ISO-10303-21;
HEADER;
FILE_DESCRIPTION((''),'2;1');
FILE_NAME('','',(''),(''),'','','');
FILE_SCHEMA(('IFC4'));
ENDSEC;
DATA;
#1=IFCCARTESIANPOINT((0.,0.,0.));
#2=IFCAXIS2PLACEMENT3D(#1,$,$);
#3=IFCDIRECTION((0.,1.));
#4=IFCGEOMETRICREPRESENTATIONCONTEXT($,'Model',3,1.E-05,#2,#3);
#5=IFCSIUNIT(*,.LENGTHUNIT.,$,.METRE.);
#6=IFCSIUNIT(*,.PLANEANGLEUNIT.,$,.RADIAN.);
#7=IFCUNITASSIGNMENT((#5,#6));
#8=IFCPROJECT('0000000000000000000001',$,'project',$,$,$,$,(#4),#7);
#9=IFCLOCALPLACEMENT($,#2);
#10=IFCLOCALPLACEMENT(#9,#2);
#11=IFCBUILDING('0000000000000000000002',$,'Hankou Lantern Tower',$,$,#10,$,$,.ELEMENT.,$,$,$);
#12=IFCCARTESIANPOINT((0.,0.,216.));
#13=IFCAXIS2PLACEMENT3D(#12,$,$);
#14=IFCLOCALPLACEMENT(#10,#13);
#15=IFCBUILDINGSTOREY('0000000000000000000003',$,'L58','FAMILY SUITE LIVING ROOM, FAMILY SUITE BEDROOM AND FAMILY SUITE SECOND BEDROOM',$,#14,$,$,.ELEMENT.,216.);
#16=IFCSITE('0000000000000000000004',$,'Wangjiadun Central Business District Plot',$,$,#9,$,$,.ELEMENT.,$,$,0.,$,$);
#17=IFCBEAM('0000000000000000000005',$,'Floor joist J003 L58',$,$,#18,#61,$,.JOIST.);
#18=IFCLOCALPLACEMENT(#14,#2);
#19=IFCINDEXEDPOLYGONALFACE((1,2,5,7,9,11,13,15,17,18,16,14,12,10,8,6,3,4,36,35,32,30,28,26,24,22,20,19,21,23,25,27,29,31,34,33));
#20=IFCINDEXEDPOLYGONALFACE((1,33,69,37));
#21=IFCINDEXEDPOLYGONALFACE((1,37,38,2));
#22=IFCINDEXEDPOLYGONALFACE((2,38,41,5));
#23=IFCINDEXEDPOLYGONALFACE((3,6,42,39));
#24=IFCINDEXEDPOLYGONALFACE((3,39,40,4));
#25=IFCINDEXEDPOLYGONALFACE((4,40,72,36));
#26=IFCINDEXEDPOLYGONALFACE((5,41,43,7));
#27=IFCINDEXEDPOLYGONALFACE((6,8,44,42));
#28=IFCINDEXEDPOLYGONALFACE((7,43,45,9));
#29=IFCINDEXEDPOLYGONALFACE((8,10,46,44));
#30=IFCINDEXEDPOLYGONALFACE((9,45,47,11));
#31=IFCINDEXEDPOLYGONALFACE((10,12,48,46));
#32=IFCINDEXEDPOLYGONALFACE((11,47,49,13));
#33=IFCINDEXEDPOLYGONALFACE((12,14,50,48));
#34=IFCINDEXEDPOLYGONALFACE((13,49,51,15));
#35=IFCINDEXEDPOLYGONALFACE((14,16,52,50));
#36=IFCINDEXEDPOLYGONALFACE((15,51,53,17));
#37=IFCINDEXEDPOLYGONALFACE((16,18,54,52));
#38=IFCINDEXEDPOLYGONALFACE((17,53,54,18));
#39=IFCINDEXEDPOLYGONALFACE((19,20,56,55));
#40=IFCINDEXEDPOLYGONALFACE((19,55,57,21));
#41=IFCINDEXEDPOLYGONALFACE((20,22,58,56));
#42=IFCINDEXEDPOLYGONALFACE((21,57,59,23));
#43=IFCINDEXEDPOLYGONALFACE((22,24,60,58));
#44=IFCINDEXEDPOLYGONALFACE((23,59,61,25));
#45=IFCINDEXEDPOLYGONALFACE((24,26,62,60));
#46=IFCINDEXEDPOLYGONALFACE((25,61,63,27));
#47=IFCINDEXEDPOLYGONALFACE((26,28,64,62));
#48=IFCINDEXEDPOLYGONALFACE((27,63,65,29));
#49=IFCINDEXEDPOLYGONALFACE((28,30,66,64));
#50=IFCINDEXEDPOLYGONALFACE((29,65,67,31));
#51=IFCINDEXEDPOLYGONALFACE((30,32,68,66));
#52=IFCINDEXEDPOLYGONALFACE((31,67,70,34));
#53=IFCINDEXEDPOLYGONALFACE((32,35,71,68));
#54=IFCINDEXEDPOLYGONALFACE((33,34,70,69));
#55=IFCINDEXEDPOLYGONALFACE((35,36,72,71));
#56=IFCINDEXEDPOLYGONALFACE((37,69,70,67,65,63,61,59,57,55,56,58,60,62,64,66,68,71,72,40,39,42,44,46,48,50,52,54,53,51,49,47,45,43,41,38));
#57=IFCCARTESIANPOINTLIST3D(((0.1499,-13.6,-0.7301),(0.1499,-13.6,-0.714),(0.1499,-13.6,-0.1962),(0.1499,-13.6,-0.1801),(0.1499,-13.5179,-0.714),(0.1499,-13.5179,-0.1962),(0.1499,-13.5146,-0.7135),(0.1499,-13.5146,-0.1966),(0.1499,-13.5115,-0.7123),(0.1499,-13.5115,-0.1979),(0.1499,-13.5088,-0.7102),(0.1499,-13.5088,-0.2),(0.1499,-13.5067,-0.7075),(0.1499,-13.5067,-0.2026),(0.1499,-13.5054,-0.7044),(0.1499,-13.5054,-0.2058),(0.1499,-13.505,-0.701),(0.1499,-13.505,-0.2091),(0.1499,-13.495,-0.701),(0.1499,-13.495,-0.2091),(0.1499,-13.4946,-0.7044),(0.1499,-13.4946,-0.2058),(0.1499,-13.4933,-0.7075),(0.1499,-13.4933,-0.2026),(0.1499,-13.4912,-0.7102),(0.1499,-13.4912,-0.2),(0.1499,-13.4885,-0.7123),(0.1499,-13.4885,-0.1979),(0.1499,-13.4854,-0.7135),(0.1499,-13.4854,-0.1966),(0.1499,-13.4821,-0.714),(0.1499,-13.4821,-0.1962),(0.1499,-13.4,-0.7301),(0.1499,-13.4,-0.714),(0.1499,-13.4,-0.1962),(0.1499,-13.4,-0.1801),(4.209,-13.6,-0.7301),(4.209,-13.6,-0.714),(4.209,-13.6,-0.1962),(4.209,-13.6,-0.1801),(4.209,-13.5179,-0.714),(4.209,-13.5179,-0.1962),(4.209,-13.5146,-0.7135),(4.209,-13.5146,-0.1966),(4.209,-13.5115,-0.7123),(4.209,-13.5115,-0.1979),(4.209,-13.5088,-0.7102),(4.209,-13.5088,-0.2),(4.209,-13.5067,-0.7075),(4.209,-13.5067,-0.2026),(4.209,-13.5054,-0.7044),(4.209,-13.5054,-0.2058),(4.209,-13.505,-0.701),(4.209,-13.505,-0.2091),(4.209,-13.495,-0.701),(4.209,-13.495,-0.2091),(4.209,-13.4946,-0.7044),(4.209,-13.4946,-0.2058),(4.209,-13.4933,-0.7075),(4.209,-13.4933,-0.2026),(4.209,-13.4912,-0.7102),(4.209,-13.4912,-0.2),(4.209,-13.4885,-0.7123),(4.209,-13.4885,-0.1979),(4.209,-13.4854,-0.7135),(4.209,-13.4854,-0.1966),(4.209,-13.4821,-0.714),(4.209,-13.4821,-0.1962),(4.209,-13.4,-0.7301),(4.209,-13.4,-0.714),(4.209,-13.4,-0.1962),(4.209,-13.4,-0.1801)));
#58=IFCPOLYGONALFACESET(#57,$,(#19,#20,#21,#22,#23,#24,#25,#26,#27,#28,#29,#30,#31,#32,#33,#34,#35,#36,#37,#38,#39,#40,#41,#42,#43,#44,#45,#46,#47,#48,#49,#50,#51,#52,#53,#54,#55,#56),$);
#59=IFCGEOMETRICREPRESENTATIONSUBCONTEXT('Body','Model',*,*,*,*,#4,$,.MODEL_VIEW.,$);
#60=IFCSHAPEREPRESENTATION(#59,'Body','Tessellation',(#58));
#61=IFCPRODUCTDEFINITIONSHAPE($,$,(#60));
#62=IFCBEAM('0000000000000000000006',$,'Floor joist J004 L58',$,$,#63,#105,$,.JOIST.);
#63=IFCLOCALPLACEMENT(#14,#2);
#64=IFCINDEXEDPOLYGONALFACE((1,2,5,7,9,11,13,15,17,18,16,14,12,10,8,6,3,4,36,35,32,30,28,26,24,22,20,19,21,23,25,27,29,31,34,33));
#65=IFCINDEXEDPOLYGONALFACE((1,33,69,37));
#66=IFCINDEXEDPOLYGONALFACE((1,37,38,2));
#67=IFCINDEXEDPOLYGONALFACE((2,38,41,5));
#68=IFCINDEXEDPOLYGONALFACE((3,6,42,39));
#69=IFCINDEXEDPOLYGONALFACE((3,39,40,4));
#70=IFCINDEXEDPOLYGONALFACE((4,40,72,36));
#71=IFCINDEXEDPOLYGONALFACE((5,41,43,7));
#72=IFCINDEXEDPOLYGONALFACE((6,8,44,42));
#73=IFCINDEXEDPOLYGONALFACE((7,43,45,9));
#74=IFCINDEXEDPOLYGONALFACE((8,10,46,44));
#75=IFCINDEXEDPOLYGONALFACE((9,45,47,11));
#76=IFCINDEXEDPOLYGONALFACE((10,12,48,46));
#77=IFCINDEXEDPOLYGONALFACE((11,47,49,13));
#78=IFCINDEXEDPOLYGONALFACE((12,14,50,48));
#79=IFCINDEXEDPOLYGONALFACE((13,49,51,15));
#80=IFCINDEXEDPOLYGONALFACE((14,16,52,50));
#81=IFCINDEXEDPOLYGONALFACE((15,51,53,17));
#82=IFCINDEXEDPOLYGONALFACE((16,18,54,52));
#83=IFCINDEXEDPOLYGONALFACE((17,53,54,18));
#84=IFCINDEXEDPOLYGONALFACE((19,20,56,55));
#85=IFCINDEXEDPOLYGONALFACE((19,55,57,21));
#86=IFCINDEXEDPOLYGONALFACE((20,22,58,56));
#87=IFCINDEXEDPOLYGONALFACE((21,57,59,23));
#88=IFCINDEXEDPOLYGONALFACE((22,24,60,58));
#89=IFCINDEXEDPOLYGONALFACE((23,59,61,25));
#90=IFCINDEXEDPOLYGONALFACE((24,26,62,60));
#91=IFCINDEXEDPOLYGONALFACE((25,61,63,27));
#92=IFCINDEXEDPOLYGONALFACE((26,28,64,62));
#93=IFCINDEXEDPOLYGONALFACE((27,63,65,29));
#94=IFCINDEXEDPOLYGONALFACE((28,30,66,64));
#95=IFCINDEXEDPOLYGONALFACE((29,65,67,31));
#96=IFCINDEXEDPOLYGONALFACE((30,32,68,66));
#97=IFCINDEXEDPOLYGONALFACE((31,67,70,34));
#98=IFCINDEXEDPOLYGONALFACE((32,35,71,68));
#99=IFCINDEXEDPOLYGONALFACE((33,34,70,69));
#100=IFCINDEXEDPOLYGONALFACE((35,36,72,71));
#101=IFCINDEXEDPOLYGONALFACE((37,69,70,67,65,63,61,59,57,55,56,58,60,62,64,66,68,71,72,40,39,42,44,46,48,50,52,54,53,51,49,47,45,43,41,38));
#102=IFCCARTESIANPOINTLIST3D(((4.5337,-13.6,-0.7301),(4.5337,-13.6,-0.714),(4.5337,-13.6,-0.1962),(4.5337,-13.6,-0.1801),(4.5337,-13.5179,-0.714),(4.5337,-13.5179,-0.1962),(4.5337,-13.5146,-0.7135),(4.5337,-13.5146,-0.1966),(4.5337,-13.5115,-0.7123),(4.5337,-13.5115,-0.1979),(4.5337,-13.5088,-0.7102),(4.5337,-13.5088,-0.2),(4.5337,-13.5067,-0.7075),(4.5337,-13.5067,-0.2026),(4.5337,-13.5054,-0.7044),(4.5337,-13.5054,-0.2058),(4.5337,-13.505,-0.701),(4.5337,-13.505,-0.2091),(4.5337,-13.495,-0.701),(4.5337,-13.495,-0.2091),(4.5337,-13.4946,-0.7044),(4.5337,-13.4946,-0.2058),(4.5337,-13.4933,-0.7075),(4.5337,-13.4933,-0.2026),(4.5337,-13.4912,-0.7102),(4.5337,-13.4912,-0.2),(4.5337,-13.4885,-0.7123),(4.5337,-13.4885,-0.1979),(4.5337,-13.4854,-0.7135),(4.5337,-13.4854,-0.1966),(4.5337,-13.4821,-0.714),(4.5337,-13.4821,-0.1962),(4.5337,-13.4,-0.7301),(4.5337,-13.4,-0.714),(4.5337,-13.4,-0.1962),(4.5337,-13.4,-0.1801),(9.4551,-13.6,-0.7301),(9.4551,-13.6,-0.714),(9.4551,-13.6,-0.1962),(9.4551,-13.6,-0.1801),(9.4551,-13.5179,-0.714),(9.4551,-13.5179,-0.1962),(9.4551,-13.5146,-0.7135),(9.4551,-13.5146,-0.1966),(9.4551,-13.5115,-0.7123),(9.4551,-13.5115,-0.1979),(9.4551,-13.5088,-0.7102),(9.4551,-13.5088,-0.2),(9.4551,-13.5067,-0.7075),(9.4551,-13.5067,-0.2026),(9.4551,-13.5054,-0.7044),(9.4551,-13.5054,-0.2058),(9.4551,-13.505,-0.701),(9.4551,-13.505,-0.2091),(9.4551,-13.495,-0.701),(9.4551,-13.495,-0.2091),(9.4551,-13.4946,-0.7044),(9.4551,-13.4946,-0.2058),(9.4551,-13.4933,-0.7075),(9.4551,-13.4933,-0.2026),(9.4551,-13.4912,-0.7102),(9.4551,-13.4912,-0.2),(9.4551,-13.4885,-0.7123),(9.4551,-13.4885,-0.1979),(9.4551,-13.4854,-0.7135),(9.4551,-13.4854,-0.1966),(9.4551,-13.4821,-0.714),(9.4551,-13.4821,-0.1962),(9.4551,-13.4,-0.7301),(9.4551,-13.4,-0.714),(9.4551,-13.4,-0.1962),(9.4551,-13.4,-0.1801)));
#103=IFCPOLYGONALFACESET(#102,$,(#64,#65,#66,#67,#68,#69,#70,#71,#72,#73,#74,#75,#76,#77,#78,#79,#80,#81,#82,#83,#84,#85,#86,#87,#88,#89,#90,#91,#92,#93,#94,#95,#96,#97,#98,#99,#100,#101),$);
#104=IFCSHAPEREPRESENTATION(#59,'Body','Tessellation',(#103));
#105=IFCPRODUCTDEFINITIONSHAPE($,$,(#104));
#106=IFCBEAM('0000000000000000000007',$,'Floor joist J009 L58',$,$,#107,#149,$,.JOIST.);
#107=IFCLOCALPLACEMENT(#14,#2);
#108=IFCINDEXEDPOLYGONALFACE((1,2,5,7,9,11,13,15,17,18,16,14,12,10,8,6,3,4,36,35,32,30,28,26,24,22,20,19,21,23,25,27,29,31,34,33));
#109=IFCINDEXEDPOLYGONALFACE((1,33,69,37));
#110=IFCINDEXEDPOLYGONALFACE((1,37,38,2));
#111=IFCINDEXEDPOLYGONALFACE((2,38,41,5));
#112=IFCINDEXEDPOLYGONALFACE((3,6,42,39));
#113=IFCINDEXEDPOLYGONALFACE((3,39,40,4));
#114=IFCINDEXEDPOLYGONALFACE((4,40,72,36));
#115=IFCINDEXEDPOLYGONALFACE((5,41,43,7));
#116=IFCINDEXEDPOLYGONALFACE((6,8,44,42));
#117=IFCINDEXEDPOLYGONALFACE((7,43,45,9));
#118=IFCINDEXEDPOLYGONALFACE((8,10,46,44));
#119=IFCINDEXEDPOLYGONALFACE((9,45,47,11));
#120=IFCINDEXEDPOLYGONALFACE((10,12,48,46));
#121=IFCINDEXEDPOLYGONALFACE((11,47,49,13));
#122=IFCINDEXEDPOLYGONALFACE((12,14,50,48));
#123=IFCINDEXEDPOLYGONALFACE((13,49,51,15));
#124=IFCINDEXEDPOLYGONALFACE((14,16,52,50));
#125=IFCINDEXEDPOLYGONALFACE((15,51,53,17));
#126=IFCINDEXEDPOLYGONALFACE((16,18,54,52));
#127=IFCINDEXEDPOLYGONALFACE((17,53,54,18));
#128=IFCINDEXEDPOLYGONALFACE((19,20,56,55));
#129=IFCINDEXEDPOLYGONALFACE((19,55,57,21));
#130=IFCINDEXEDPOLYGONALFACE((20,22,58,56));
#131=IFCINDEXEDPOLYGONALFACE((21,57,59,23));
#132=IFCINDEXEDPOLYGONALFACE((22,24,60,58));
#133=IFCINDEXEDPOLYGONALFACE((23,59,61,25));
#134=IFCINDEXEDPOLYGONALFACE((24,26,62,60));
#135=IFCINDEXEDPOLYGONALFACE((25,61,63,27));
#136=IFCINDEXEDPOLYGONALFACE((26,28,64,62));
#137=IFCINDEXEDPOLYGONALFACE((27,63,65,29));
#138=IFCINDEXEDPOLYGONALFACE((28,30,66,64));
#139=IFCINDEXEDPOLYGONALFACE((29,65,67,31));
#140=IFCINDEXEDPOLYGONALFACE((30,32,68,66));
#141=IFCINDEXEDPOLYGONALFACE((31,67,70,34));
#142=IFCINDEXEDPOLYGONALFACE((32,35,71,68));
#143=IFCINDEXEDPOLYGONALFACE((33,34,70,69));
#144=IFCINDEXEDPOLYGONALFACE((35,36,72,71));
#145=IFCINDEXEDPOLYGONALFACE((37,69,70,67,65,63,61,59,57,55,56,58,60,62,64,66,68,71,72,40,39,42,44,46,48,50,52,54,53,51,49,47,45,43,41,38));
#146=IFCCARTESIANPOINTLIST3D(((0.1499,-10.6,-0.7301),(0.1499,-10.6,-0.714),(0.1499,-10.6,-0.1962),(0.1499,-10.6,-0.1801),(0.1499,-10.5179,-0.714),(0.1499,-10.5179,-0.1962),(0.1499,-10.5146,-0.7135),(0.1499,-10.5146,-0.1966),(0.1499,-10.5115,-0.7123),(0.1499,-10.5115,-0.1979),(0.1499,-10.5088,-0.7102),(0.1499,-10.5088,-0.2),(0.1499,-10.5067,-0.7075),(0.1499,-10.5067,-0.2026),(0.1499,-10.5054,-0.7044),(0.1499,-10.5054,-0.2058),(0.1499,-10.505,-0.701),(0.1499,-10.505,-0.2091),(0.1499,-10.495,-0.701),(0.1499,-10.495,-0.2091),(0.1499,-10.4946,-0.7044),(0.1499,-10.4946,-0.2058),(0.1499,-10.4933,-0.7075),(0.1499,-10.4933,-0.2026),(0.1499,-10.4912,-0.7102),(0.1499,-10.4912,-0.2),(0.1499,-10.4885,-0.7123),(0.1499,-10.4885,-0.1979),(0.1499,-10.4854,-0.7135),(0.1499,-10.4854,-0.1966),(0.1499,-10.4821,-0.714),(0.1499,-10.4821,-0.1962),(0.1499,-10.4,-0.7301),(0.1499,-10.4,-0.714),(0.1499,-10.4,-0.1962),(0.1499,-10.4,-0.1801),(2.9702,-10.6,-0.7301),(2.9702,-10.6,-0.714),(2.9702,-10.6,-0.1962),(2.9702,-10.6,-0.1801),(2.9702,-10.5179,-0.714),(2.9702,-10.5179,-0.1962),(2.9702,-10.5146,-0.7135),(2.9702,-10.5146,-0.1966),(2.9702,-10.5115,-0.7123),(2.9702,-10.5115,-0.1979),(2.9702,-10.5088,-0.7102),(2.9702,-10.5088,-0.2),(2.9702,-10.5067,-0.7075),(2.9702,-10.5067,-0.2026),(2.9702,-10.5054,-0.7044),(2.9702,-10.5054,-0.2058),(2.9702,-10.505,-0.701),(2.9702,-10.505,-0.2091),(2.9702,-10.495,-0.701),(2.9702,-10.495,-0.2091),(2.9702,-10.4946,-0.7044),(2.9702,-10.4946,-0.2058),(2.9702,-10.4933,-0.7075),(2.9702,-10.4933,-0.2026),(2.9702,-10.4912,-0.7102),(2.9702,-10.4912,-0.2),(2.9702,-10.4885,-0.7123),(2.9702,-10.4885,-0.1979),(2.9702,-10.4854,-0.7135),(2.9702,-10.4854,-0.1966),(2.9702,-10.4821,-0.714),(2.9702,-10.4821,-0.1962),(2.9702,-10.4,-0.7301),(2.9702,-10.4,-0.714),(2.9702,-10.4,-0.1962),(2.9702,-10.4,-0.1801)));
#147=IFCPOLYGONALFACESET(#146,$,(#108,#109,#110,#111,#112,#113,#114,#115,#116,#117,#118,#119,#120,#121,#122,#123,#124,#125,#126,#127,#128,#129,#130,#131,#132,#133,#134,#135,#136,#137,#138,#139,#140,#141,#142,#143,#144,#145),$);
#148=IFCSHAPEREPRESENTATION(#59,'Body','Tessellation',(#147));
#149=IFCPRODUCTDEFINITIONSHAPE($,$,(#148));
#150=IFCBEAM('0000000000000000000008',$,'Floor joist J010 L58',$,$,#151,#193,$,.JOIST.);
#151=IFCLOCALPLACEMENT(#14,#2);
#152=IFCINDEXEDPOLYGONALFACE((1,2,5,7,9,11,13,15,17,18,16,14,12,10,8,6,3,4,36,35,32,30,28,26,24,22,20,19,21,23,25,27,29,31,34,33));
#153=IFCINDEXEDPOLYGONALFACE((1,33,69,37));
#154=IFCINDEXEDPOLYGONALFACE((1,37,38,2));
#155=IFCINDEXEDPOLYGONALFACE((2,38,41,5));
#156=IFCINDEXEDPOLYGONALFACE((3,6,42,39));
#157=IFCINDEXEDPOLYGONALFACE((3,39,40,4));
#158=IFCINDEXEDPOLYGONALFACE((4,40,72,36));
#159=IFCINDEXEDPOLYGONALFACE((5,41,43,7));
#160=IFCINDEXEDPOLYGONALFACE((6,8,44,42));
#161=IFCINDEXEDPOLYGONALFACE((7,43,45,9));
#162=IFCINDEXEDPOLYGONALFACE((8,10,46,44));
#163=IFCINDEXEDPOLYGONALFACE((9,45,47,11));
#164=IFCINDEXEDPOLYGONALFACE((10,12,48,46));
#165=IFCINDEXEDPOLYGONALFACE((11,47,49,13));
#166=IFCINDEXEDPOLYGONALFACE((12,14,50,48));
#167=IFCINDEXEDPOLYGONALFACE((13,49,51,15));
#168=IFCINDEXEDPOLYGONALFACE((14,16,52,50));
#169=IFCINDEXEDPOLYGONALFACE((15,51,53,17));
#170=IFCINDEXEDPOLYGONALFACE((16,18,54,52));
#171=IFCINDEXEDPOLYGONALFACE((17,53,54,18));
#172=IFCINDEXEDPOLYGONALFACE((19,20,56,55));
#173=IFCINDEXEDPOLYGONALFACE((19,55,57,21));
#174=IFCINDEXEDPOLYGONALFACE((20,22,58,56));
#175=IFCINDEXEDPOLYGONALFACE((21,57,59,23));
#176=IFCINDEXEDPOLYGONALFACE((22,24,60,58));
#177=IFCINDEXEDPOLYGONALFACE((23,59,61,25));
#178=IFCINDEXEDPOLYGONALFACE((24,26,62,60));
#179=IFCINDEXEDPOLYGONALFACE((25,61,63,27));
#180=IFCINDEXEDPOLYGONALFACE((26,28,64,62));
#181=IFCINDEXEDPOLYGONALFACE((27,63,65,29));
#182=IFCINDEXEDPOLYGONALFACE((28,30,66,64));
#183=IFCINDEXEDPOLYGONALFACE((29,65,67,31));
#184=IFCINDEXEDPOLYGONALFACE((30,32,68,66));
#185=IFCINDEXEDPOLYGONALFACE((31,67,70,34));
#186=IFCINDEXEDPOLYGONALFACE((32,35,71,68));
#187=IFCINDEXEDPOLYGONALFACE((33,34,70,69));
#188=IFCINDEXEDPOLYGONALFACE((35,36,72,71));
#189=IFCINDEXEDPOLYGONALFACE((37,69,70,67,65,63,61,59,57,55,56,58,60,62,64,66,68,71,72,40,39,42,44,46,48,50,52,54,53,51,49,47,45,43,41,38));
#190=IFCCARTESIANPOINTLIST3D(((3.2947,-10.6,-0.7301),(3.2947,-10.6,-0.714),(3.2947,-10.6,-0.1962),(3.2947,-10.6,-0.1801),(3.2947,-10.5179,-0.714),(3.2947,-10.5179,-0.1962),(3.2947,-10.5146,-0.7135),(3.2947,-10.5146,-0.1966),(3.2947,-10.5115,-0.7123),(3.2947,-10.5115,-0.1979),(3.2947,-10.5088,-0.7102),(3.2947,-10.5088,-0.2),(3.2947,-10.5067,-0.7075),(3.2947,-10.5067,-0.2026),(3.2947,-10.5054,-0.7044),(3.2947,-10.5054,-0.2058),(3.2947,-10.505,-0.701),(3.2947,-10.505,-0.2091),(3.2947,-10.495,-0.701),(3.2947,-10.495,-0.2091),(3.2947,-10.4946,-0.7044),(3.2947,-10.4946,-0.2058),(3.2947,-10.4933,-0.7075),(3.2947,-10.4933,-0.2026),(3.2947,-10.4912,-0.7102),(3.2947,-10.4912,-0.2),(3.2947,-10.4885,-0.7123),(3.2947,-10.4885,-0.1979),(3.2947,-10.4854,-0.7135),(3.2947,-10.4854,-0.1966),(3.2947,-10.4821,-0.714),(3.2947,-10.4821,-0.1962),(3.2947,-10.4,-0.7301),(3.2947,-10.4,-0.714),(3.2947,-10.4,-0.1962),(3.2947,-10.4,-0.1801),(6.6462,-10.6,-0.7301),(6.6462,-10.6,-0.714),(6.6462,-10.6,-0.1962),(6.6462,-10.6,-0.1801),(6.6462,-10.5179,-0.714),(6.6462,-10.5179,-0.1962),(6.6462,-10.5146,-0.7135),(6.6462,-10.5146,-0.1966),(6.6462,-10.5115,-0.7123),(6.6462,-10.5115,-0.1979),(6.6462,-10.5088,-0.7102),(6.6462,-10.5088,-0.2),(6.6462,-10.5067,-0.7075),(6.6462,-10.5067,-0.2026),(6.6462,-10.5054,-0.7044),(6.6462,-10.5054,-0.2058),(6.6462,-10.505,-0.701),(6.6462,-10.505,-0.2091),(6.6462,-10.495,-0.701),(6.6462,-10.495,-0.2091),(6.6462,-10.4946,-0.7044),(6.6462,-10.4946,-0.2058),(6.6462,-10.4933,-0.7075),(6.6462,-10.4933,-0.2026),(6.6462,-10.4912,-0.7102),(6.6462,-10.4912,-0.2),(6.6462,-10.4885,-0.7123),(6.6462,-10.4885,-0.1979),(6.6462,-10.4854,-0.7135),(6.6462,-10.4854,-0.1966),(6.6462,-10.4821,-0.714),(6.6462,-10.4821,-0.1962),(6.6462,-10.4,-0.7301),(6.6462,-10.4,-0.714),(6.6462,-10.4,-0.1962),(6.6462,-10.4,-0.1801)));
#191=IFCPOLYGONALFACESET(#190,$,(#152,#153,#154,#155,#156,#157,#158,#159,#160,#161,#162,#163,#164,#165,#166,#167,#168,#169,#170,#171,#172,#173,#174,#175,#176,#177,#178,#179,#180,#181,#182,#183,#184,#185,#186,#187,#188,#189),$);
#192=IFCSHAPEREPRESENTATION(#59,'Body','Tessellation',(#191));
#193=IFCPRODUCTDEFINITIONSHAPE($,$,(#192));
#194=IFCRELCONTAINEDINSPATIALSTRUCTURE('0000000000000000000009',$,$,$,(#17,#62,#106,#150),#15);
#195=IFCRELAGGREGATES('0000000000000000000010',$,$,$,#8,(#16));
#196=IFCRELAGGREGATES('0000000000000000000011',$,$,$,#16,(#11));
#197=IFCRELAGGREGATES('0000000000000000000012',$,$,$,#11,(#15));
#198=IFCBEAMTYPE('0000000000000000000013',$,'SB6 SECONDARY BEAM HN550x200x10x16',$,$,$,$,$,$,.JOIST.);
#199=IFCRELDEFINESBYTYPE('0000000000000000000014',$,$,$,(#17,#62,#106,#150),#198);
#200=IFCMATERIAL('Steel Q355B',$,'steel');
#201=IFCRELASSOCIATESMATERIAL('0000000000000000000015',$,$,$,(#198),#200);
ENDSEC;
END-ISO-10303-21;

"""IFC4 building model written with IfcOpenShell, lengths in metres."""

from ifc_helpers import new_model, si_unit, direction, frame, origin, origin_2d, place, context, subcontext, project, spatial, i_section, extrude, material, material_profile, profile_set, type_object, element, save


model = new_model("IFC4")

# Units and contexts
model_context = context("Model", 3, precision=1e-05, world=origin(), true_north=direction((0.0, 1.0)))
body_context = subcontext(model_context, "Body", "Model", "MODEL_VIEW")
ifc_project = project(units=[si_unit("LENGTHUNIT", "METRE"), si_unit("PLANEANGLEUNIT", "RADIAN")], contexts=[model_context])

# Site, building, storey
site_placement = place(None, origin())
site = spatial("IfcSite", under=ifc_project, at=site_placement, Name="Wangjiadun Central Business District Plot", CompositionType="ELEMENT", RefElevation=0.0)
building_placement = place(site_placement, origin())
building = spatial("IfcBuilding", under=site, at=building_placement, Name="Hankou Lantern Tower", CompositionType="ELEMENT")
storey_placement = place(building_placement, frame((0.0, 0.0, 216.0)))
storey = spatial("IfcBuildingStorey", under=building, at=storey_placement, Name="L58", Description="FAMILY SUITE LIVING ROOM, FAMILY SUITE BEDROOM AND FAMILY SUITE SECOND BEDROOM", CompositionType="ELEMENT", Elevation=216.0)

# Beams
ifc_material_1 = material(Name="Steel Q355B", Category="steel")
ifc_material_profile_1 = material_profile(ifc_material_1, i_section(OverallWidth=0.2, OverallDepth=0.55, WebThickness=0.01, FlangeThickness=0.0161, FilletRadius=0.0129, at=origin_2d()), Name="HN550x200x10x16")
ifc_profile_set_1 = profile_set([ifc_material_profile_1], Name="Steel Q355B")
beam_type_1 = type_object("IfcBeamType", Name="SB6 SECONDARY BEAM HN550x200x10x16", PredefinedType="JOIST", material=ifc_profile_set_1)
beam_1_placement = place(storey_placement, frame((0.1499, -13.5, -0.4551), z_axis=(1.0, 0.0, 0.0), x_axis=(0.0, 1.0, 0.0)))
element("IfcBeam", 1, at=beam_1_placement, inside=storey, type_object=beam_type_1, Name="Floor joist J003 L58", PredefinedType="JOIST", context=body_context, shape_type="SweptSolid", body=[
    extrude(i_section(OverallWidth=0.2, OverallDepth=0.55, WebThickness=0.01, FlangeThickness=0.0161, FilletRadius=0.0129, at=origin_2d()), origin(), (0.0, 0.0, 1.0), 4.0591),
])
beam_2_placement = place(storey_placement, frame((4.5337, -13.5, -0.4551), z_axis=(1.0, 0.0, 0.0), x_axis=(0.0, 1.0, 0.0)))
element("IfcBeam", 2, at=beam_2_placement, inside=storey, type_object=beam_type_1, Name="Floor joist J004 L58", PredefinedType="JOIST", context=body_context, shape_type="SweptSolid", body=[
    extrude(i_section(OverallWidth=0.2, OverallDepth=0.55, WebThickness=0.01, FlangeThickness=0.0161, FilletRadius=0.0129, at=origin_2d()), origin(), (0.0, 0.0, 1.0), 4.9214),
])
beam_3_placement = place(storey_placement, frame((0.1499, -10.5, -0.4551), z_axis=(1.0, 0.0, 0.0), x_axis=(0.0, 1.0, 0.0)))
element("IfcBeam", 3, at=beam_3_placement, inside=storey, type_object=beam_type_1, Name="Floor joist J009 L58", PredefinedType="JOIST", context=body_context, shape_type="SweptSolid", body=[
    extrude(i_section(OverallWidth=0.2, OverallDepth=0.55, WebThickness=0.01, FlangeThickness=0.0161, FilletRadius=0.0129, at=origin_2d()), origin(), (0.0, 0.0, 1.0), 2.8203),
])
beam_4_placement = place(storey_placement, frame((3.2947, -10.5, -0.4551), z_axis=(1.0, 0.0, 0.0), x_axis=(0.0, 1.0, 0.0)))
element("IfcBeam", 4, at=beam_4_placement, inside=storey, type_object=beam_type_1, Name="Floor joist J010 L58", PredefinedType="JOIST", context=body_context, shape_type="SweptSolid", body=[
    extrude(i_section(OverallWidth=0.2, OverallDepth=0.55, WebThickness=0.01, FlangeThickness=0.0161, FilletRadius=0.0129, at=origin_2d()), origin(), (0.0, 0.0, 1.0), 3.3516),
])

save(model, "model.ifc")
